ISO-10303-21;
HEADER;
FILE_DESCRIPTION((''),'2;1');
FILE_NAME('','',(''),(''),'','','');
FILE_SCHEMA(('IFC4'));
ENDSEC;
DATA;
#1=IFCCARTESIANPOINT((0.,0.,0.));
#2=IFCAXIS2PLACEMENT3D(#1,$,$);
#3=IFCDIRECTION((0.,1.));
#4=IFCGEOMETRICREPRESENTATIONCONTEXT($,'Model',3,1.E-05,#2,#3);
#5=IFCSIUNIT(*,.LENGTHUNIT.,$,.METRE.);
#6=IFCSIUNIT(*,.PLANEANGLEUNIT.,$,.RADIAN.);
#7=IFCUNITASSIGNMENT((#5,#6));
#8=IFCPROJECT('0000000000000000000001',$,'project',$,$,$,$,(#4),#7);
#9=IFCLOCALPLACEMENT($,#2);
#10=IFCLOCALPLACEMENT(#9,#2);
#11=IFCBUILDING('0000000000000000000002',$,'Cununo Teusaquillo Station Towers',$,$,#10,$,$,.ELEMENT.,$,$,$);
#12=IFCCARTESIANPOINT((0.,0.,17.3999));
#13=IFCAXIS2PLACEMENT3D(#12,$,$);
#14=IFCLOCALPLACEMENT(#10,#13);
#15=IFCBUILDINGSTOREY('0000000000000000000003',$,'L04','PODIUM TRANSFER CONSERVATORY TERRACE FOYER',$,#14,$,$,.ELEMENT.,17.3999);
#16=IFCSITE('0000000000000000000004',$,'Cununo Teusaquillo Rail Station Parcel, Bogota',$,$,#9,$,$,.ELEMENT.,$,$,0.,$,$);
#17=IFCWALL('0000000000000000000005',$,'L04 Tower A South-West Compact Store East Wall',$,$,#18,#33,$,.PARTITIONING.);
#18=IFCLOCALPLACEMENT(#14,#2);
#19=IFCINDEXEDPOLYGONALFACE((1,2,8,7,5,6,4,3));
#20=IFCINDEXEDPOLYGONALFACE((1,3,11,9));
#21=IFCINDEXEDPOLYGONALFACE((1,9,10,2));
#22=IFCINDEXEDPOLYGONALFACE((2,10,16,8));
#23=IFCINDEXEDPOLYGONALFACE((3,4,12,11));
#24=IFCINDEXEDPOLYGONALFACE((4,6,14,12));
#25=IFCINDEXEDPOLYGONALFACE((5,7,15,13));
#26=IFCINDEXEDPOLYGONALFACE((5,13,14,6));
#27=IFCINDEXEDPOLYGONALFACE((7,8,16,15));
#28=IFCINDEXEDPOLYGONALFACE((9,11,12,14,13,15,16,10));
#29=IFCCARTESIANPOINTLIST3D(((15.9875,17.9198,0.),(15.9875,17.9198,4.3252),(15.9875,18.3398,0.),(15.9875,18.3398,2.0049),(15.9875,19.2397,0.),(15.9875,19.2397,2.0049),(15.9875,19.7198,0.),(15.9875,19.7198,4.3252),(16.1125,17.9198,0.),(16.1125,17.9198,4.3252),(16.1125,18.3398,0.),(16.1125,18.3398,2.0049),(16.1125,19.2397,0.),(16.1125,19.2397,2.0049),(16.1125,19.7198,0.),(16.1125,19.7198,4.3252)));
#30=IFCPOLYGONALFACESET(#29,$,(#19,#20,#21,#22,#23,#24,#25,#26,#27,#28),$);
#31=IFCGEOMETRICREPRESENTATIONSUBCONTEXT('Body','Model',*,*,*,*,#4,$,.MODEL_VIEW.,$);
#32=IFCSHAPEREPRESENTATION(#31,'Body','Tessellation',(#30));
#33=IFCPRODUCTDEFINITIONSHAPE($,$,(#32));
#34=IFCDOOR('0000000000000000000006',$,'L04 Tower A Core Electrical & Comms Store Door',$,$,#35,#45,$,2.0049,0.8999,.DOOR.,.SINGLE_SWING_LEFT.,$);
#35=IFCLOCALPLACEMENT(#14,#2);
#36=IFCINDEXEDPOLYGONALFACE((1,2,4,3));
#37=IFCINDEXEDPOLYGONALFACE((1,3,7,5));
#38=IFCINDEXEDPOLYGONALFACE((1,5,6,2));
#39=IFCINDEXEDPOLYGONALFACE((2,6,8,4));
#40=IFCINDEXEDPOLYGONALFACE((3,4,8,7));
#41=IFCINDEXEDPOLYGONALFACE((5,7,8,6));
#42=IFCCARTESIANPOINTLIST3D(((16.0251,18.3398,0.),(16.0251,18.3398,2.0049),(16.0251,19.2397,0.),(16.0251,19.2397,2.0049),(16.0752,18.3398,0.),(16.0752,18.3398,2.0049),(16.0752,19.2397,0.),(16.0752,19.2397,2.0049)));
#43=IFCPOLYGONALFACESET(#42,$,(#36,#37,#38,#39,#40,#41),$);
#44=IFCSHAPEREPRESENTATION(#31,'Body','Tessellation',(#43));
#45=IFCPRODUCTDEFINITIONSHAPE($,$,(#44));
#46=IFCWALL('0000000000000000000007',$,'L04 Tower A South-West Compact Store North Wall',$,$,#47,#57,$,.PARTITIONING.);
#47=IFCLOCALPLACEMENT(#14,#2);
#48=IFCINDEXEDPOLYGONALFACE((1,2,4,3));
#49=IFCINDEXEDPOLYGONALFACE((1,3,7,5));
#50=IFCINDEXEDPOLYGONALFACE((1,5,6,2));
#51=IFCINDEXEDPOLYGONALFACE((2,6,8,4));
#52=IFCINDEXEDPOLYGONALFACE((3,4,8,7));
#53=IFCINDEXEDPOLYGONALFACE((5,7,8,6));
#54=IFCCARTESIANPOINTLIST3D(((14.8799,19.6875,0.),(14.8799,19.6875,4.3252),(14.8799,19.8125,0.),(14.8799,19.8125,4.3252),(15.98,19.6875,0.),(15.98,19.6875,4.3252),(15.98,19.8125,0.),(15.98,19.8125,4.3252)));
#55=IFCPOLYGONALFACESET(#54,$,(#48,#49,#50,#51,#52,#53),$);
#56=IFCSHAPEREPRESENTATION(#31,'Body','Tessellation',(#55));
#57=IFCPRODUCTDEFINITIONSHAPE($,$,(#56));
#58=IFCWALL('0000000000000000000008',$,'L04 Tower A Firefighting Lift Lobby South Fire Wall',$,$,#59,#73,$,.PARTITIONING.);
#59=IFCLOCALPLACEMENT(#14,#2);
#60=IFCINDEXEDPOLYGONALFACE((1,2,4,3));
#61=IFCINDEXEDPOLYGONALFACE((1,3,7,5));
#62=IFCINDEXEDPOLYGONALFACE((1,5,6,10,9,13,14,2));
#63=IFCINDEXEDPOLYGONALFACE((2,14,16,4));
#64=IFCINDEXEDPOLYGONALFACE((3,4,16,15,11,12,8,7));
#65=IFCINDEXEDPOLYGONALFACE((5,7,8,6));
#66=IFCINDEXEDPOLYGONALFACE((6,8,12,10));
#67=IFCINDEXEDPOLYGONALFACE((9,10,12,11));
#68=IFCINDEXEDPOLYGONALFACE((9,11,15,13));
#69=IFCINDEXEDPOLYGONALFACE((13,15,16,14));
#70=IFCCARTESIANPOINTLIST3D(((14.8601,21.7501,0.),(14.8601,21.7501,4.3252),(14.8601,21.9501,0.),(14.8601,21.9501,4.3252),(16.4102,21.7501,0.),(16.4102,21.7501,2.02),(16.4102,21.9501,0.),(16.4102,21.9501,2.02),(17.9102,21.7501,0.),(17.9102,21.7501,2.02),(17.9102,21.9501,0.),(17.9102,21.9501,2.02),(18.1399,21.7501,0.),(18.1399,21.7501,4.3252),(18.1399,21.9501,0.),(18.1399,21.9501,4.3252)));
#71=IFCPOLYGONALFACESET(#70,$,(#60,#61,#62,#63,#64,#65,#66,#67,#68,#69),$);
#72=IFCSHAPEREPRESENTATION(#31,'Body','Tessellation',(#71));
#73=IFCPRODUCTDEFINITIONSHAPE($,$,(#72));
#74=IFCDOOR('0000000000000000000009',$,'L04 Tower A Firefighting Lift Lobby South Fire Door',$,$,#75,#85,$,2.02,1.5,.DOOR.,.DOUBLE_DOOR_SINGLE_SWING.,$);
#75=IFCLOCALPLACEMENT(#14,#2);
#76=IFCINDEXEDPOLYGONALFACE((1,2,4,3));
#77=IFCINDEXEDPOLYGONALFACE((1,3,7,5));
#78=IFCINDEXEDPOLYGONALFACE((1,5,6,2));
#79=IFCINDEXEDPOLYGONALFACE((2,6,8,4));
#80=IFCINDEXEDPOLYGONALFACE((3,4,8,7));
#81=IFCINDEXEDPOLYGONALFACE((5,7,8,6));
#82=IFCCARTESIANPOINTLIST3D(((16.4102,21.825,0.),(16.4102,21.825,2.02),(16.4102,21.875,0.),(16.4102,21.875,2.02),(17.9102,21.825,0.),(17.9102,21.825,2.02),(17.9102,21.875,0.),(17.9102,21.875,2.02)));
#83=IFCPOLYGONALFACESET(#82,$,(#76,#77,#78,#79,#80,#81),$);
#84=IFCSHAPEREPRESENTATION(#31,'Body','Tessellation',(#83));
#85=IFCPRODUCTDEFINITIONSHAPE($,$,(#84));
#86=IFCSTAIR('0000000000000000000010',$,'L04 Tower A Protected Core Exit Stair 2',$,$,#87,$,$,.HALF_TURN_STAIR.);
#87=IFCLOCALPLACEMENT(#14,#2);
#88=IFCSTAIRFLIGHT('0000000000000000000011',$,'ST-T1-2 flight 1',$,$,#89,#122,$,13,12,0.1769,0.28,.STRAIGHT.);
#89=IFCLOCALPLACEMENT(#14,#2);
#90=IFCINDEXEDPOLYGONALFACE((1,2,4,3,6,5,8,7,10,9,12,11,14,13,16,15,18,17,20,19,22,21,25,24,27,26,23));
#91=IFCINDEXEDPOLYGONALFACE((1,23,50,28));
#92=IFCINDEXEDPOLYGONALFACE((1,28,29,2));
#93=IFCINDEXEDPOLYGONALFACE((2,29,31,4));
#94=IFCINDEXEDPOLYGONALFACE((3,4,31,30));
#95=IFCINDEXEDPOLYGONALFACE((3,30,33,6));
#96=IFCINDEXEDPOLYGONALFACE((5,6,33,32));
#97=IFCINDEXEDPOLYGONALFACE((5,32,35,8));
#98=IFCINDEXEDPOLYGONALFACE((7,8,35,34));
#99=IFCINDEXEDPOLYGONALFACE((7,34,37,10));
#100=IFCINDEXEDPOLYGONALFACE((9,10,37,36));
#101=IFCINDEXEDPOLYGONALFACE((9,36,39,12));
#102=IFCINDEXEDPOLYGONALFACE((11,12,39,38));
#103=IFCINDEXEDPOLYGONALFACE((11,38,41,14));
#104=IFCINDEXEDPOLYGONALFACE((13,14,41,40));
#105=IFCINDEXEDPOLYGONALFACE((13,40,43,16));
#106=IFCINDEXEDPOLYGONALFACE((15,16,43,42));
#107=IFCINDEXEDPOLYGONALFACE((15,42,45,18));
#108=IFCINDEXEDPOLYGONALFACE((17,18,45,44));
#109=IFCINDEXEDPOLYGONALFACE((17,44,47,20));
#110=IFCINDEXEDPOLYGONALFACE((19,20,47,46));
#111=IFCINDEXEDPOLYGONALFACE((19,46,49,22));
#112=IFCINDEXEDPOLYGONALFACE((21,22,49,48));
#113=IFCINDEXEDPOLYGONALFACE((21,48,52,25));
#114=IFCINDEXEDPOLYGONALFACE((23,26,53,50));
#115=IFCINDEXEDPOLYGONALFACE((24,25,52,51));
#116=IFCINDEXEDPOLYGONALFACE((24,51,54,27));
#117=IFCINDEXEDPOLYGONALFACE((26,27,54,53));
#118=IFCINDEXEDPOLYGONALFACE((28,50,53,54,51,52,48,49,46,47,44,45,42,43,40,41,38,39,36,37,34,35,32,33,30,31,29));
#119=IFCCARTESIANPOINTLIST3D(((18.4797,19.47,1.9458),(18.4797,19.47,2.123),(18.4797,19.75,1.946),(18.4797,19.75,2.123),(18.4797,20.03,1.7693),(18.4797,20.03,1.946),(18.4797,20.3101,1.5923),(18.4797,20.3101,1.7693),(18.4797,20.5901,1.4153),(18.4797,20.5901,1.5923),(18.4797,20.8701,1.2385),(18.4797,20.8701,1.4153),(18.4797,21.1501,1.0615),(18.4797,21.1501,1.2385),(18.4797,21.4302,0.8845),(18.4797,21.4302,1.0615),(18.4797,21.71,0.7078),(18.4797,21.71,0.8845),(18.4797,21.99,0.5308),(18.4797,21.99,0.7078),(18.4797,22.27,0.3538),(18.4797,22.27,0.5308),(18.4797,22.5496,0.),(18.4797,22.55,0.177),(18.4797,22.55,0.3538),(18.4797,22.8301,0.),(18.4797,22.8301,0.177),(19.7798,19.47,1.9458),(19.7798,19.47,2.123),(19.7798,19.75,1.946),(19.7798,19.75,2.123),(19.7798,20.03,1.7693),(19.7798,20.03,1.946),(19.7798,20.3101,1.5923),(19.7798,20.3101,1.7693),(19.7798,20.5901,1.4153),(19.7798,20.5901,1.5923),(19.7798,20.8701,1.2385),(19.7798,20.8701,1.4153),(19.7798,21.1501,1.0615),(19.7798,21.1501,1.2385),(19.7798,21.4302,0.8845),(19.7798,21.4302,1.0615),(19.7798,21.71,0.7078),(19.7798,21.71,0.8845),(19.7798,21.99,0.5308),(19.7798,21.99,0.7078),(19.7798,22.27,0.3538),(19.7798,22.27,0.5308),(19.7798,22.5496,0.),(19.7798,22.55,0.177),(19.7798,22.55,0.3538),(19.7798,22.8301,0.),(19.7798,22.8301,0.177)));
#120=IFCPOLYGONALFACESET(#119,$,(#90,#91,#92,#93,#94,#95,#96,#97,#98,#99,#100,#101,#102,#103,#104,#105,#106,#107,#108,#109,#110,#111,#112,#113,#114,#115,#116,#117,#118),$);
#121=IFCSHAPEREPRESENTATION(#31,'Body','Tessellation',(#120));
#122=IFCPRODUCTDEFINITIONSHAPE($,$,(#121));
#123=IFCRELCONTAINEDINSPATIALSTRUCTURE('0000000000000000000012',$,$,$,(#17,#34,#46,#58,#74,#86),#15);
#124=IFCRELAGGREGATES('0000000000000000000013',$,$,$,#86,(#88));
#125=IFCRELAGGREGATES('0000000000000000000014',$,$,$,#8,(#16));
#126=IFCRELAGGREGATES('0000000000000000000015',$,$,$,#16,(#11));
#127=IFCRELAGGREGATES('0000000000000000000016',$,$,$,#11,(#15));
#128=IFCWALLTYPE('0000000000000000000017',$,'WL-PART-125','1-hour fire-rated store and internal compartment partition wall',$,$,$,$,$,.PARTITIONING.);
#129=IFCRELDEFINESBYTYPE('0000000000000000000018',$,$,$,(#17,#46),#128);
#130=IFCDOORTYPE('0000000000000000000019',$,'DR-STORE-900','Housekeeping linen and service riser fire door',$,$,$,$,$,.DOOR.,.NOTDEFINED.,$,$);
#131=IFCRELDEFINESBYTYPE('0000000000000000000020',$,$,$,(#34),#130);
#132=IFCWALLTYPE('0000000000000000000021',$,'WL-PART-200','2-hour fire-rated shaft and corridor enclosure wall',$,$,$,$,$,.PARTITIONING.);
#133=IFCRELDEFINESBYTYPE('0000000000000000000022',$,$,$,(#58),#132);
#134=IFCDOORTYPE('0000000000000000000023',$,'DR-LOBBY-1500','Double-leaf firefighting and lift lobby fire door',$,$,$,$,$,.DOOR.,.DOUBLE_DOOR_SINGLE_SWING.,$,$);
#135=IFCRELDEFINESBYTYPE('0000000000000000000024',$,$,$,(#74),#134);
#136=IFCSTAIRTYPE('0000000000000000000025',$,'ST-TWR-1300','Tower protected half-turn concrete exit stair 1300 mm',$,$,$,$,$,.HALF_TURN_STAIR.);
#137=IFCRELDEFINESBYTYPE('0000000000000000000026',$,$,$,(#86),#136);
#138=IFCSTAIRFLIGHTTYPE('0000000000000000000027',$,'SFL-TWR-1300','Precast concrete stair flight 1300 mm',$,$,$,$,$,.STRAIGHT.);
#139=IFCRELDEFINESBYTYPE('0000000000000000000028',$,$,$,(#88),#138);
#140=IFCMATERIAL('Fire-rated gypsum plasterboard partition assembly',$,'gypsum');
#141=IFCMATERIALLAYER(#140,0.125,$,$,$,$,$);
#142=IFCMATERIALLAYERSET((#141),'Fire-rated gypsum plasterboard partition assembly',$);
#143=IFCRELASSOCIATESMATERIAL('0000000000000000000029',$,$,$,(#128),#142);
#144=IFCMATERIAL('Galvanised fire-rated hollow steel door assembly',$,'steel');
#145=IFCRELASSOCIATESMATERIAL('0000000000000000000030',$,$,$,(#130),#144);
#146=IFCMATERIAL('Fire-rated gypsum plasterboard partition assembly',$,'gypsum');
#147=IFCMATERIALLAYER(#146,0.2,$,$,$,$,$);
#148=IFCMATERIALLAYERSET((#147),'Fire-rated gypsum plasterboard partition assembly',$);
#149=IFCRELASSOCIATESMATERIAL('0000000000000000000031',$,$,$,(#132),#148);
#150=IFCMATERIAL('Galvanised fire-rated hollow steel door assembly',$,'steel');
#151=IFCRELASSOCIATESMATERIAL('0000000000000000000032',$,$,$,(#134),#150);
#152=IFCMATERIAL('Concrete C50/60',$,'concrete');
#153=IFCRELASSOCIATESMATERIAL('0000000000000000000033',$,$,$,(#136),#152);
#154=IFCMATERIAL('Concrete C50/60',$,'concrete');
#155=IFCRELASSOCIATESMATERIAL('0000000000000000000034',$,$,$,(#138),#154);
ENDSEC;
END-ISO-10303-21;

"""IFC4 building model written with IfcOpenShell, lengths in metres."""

from ifc_helpers import new_model, si_unit, direction, frame, frame_2d, origin, place, context, subcontext, project, spatial, polyline, rectangle, outline, extrude, source, transform, mapped, material, layer, layer_set, type_object, element, fill, aggregate, save


model = new_model("IFC4")

# Units and contexts
model_context = context("Model", 3, precision=1e-05, world=origin(), true_north=direction((0.0, 1.0)))
body_context = subcontext(model_context, "Body", "Model", "MODEL_VIEW")
ifc_project = project(units=[si_unit("LENGTHUNIT", "METRE"), si_unit("PLANEANGLEUNIT", "RADIAN")], contexts=[model_context])

# Site, building, storey
site_placement = place(None, origin())
site = spatial("IfcSite", under=ifc_project, at=site_placement, Name="Cununo Teusaquillo Rail Station Parcel, Bogota", CompositionType="ELEMENT", RefElevation=0.0)
building_placement = place(site_placement, origin())
building = spatial("IfcBuilding", under=site, at=building_placement, Name="Cununo Teusaquillo Station Towers", CompositionType="ELEMENT")
storey_placement = place(building_placement, frame((0.0, 0.0, 17.3999)))
storey = spatial("IfcBuildingStorey", under=building, at=storey_placement, Name="L04", Description="PODIUM TRANSFER CONSERVATORY TERRACE FOYER", CompositionType="ELEMENT", Elevation=17.3999)

# Wall, opening, door
ifc_material_1 = material(Name="Fire-rated gypsum plasterboard partition assembly", Category="gypsum")
ifc_layer_1 = layer(ifc_material_1, 0.125)
ifc_layer_set_1 = layer_set([ifc_layer_1], Name="Fire-rated gypsum plasterboard partition assembly")
wall_type_1 = type_object("IfcWallType", Name="WL-PART-125", Description="1-hour fire-rated store and internal compartment partition wall", PredefinedType="PARTITIONING", material=ifc_layer_set_1)
wall_1_placement = place(storey_placement, frame((16.05, 17.9199, 0.0), z_axis=(0.0, 0.0, 1.0), x_axis=(0.0, 1.0, 0.0)))
wall_1 = element("IfcWall", 1, at=wall_1_placement, inside=storey, type_object=wall_type_1, Name="L04 Tower A South-West Compact Store East Wall", PredefinedType="PARTITIONING", context=body_context, shape_type="SweptSolid", body=[
    extrude(rectangle(XDim=1.8, YDim=0.125, at=frame_2d((0.8999, 0.0))), origin(), (0.0, 0.0, 1.0), 4.3252),
])
shared_shape_1 = source(origin(), body_context, "Body", "SweptSolid", [
    extrude(rectangle(XDim=0.8999, YDim=2.0049, at=frame_2d((0.45, 1.0024))), frame((0.0, 0.0725, 0.0), z_axis=(0.0, -1.0, 0.0), x_axis=(1.0, 0.0, 0.0)), (0.0, 0.0, 1.0), 0.145),
])
opening_1_placement = place(wall_1_placement, frame((0.4199, 0.0, 0.0)))
opening_1 = element("IfcOpeningElement", 2, at=opening_1_placement, cuts=wall_1, PredefinedType="OPENING", context=body_context, shape_type="MappedRepresentation", body=[
    mapped(shared_shape_1, transform((0.0, 0.0, 0.0), x_axis=(1.0, 0.0, 0.0), y_axis=(0.0, 1.0, 0.0), z_axis=(0.0, 0.0, 1.0), scale=1.0)),
])
ifc_material_2 = material(Name="Galvanised fire-rated hollow steel door assembly", Category="steel")
door_type_1 = type_object("IfcDoorType", Name="DR-STORE-900", Description="Housekeeping linen and service riser fire door", OperationType="NOTDEFINED", PredefinedType="DOOR", material=ifc_material_2)
shared_shape_2 = source(origin(), body_context, "Body", "SweptSolid", [
    extrude(rectangle(XDim=0.8999, YDim=2.0049, at=frame_2d((0.45, 1.0024))), frame((0.0, 0.0249, 0.0), z_axis=(0.0, -1.0, 0.0), x_axis=(1.0, 0.0, 0.0)), (0.0, 0.0, 1.0), 0.05),
])
door_1_placement = place(opening_1_placement, origin())
door_1 = element("IfcDoor", 3, at=door_1_placement, inside=storey, type_object=door_type_1, Name="L04 Tower A Core Electrical & Comms Store Door", OperationType="SINGLE_SWING_LEFT", OverallHeight=2.0049, OverallWidth=0.8999, PredefinedType="DOOR", context=body_context, shape_type="MappedRepresentation", body=[
    mapped(shared_shape_2, transform((0.0, 0.0, 0.0), x_axis=(1.0, 0.0, 0.0), y_axis=(0.0, 1.0, 0.0), z_axis=(0.0, 0.0, 1.0), scale=1.0)),
])
fill(opening_1, door_1)

# Wall
wall_2_placement = place(storey_placement, frame((14.8799, 19.75, 0.0), z_axis=(0.0, 0.0, 1.0), x_axis=(1.0, 0.0, 0.0)))
element("IfcWall", 4, at=wall_2_placement, inside=storey, type_object=wall_type_1, Name="L04 Tower A South-West Compact Store North Wall", PredefinedType="PARTITIONING", context=body_context, shape_type="SweptSolid", body=[
    extrude(rectangle(XDim=1.1001, YDim=0.125, at=frame_2d((0.55, 0.0))), origin(), (0.0, 0.0, 1.0), 4.3252),
])

# Wall, opening, door
ifc_material_3 = material(Name="Fire-rated gypsum plasterboard partition assembly", Category="gypsum")
ifc_layer_2 = layer(ifc_material_3, 0.2)
ifc_layer_set_2 = layer_set([ifc_layer_2], Name="Fire-rated gypsum plasterboard partition assembly")
wall_type_2 = type_object("IfcWallType", Name="WL-PART-200", Description="2-hour fire-rated shaft and corridor enclosure wall", PredefinedType="PARTITIONING", material=ifc_layer_set_2)
wall_3_placement = place(storey_placement, frame((14.8601, 21.8501, 0.0), z_axis=(0.0, 0.0, 1.0), x_axis=(1.0, 0.0, 0.0)))
wall_3 = element("IfcWall", 5, at=wall_3_placement, inside=storey, type_object=wall_type_2, Name="L04 Tower A Firefighting Lift Lobby South Fire Wall", PredefinedType="PARTITIONING", context=body_context, shape_type="SweptSolid", body=[
    extrude(rectangle(XDim=3.2798, YDim=0.2, at=frame_2d((1.6399, 0.0))), origin(), (0.0, 0.0, 1.0), 4.3252),
])
shared_shape_3 = source(origin(), body_context, "Body", "SweptSolid", [
    extrude(rectangle(XDim=1.5, YDim=2.02, at=frame_2d((0.75, 1.01))), frame((0.0, 0.1099, 0.0), z_axis=(0.0, -1.0, 0.0), x_axis=(1.0, 0.0, 0.0)), (0.0, 0.0, 1.0), 0.22),
])
opening_2_placement = place(wall_3_placement, frame((1.55, 0.0, 0.0)))
opening_2 = element("IfcOpeningElement", 6, at=opening_2_placement, cuts=wall_3, PredefinedType="OPENING", context=body_context, shape_type="MappedRepresentation", body=[
    mapped(shared_shape_3, transform((0.0, 0.0, 0.0), x_axis=(1.0, 0.0, 0.0), y_axis=(0.0, 1.0, 0.0), z_axis=(0.0, 0.0, 1.0), scale=1.0)),
])
ifc_material_4 = material(Name="Galvanised fire-rated hollow steel door assembly", Category="steel")
door_type_2 = type_object("IfcDoorType", Name="DR-LOBBY-1500", Description="Double-leaf firefighting and lift lobby fire door", OperationType="DOUBLE_DOOR_SINGLE_SWING", PredefinedType="DOOR", material=ifc_material_4)
shared_shape_4 = source(origin(), body_context, "Body", "SweptSolid", [
    extrude(rectangle(XDim=1.5, YDim=2.02, at=frame_2d((0.75, 1.01))), frame((0.0, 0.0249, 0.0), z_axis=(0.0, -1.0, 0.0), x_axis=(1.0, 0.0, 0.0)), (0.0, 0.0, 1.0), 0.05),
])
door_2_placement = place(opening_2_placement, origin())
door_2 = element("IfcDoor", 7, at=door_2_placement, inside=storey, type_object=door_type_2, Name="L04 Tower A Firefighting Lift Lobby South Fire Door", OperationType="DOUBLE_DOOR_SINGLE_SWING", OverallHeight=2.02, OverallWidth=1.5, PredefinedType="DOOR", context=body_context, shape_type="MappedRepresentation", body=[
    mapped(shared_shape_4, transform((0.0, 0.0, 0.0), x_axis=(1.0, 0.0, 0.0), y_axis=(0.0, 1.0, 0.0), z_axis=(0.0, 0.0, 1.0), scale=1.0)),
])
fill(opening_2, door_2)

# Stair, stair flight
ifc_material_5 = material(Name="Concrete C50/60", Category="concrete")
stair_type = type_object("IfcStairType", Name="ST-TWR-1300", Description="Tower protected half-turn concrete exit stair 1300 mm", PredefinedType="HALF_TURN_STAIR", material=ifc_material_5)
stair_placement = place(storey_placement, origin())
stair = element("IfcStair", 8, at=stair_placement, inside=storey, type_object=stair_type, Name="L04 Tower A Protected Core Exit Stair 2", PredefinedType="HALF_TURN_STAIR")
ifc_material_6 = material(Name="Concrete C50/60", Category="concrete")
stair_flight_type = type_object("IfcStairFlightType", Name="SFL-TWR-1300", Description="Precast concrete stair flight 1300 mm", PredefinedType="STRAIGHT", material=ifc_material_6)
stair_flight_placement = place(storey_placement, frame((19.1299, 22.8301, 0.0), z_axis=(0.0, 0.0, 1.0), x_axis=(0.0, -1.0, 0.0)))
stair_flight = element("IfcStairFlight", 9, at=stair_flight_placement, type_object=stair_flight_type, Name="ST-T1-2 flight 1", NumberOfRisers=13, NumberOfTreads=12, PredefinedType="STRAIGHT", RiserHeight=0.1769, TreadLength=0.28, context=body_context, shape_type="SweptSolid", body=[
    extrude(outline(polyline([(0.0, 0.0), (0.0, 0.177), (0.28, 0.177), (0.28, 0.3538), (0.5601, 0.3538), (0.5601, 0.5308), (0.8401, 0.5308), (0.8401, 0.7078), (1.1201, 0.7078), (1.1201, 0.8845), (1.3999, 0.8845), (1.3999, 1.0615), (1.6799, 1.0615), (1.6799, 1.2385), (1.96, 1.2385), (1.96, 1.4153), (2.24, 1.4153), (2.24, 1.5923), (2.52, 1.5923), (2.52, 1.7693), (2.8, 1.7693), (2.8, 1.946), (3.0801, 1.946), (3.0801, 2.123), (3.3601, 2.123), (3.3601, 2.3), (3.3601, 1.9458), (0.2805, 0.0), (0.0, 0.0)])), frame((0.0, 0.6499, 0.0), z_axis=(0.0, -1.0, 0.0), x_axis=(1.0, 0.0, 0.0)), (0.0, 0.0, 1.0), 1.3),
])
aggregate(stair, [stair_flight])

save(model, "model.ifc")
